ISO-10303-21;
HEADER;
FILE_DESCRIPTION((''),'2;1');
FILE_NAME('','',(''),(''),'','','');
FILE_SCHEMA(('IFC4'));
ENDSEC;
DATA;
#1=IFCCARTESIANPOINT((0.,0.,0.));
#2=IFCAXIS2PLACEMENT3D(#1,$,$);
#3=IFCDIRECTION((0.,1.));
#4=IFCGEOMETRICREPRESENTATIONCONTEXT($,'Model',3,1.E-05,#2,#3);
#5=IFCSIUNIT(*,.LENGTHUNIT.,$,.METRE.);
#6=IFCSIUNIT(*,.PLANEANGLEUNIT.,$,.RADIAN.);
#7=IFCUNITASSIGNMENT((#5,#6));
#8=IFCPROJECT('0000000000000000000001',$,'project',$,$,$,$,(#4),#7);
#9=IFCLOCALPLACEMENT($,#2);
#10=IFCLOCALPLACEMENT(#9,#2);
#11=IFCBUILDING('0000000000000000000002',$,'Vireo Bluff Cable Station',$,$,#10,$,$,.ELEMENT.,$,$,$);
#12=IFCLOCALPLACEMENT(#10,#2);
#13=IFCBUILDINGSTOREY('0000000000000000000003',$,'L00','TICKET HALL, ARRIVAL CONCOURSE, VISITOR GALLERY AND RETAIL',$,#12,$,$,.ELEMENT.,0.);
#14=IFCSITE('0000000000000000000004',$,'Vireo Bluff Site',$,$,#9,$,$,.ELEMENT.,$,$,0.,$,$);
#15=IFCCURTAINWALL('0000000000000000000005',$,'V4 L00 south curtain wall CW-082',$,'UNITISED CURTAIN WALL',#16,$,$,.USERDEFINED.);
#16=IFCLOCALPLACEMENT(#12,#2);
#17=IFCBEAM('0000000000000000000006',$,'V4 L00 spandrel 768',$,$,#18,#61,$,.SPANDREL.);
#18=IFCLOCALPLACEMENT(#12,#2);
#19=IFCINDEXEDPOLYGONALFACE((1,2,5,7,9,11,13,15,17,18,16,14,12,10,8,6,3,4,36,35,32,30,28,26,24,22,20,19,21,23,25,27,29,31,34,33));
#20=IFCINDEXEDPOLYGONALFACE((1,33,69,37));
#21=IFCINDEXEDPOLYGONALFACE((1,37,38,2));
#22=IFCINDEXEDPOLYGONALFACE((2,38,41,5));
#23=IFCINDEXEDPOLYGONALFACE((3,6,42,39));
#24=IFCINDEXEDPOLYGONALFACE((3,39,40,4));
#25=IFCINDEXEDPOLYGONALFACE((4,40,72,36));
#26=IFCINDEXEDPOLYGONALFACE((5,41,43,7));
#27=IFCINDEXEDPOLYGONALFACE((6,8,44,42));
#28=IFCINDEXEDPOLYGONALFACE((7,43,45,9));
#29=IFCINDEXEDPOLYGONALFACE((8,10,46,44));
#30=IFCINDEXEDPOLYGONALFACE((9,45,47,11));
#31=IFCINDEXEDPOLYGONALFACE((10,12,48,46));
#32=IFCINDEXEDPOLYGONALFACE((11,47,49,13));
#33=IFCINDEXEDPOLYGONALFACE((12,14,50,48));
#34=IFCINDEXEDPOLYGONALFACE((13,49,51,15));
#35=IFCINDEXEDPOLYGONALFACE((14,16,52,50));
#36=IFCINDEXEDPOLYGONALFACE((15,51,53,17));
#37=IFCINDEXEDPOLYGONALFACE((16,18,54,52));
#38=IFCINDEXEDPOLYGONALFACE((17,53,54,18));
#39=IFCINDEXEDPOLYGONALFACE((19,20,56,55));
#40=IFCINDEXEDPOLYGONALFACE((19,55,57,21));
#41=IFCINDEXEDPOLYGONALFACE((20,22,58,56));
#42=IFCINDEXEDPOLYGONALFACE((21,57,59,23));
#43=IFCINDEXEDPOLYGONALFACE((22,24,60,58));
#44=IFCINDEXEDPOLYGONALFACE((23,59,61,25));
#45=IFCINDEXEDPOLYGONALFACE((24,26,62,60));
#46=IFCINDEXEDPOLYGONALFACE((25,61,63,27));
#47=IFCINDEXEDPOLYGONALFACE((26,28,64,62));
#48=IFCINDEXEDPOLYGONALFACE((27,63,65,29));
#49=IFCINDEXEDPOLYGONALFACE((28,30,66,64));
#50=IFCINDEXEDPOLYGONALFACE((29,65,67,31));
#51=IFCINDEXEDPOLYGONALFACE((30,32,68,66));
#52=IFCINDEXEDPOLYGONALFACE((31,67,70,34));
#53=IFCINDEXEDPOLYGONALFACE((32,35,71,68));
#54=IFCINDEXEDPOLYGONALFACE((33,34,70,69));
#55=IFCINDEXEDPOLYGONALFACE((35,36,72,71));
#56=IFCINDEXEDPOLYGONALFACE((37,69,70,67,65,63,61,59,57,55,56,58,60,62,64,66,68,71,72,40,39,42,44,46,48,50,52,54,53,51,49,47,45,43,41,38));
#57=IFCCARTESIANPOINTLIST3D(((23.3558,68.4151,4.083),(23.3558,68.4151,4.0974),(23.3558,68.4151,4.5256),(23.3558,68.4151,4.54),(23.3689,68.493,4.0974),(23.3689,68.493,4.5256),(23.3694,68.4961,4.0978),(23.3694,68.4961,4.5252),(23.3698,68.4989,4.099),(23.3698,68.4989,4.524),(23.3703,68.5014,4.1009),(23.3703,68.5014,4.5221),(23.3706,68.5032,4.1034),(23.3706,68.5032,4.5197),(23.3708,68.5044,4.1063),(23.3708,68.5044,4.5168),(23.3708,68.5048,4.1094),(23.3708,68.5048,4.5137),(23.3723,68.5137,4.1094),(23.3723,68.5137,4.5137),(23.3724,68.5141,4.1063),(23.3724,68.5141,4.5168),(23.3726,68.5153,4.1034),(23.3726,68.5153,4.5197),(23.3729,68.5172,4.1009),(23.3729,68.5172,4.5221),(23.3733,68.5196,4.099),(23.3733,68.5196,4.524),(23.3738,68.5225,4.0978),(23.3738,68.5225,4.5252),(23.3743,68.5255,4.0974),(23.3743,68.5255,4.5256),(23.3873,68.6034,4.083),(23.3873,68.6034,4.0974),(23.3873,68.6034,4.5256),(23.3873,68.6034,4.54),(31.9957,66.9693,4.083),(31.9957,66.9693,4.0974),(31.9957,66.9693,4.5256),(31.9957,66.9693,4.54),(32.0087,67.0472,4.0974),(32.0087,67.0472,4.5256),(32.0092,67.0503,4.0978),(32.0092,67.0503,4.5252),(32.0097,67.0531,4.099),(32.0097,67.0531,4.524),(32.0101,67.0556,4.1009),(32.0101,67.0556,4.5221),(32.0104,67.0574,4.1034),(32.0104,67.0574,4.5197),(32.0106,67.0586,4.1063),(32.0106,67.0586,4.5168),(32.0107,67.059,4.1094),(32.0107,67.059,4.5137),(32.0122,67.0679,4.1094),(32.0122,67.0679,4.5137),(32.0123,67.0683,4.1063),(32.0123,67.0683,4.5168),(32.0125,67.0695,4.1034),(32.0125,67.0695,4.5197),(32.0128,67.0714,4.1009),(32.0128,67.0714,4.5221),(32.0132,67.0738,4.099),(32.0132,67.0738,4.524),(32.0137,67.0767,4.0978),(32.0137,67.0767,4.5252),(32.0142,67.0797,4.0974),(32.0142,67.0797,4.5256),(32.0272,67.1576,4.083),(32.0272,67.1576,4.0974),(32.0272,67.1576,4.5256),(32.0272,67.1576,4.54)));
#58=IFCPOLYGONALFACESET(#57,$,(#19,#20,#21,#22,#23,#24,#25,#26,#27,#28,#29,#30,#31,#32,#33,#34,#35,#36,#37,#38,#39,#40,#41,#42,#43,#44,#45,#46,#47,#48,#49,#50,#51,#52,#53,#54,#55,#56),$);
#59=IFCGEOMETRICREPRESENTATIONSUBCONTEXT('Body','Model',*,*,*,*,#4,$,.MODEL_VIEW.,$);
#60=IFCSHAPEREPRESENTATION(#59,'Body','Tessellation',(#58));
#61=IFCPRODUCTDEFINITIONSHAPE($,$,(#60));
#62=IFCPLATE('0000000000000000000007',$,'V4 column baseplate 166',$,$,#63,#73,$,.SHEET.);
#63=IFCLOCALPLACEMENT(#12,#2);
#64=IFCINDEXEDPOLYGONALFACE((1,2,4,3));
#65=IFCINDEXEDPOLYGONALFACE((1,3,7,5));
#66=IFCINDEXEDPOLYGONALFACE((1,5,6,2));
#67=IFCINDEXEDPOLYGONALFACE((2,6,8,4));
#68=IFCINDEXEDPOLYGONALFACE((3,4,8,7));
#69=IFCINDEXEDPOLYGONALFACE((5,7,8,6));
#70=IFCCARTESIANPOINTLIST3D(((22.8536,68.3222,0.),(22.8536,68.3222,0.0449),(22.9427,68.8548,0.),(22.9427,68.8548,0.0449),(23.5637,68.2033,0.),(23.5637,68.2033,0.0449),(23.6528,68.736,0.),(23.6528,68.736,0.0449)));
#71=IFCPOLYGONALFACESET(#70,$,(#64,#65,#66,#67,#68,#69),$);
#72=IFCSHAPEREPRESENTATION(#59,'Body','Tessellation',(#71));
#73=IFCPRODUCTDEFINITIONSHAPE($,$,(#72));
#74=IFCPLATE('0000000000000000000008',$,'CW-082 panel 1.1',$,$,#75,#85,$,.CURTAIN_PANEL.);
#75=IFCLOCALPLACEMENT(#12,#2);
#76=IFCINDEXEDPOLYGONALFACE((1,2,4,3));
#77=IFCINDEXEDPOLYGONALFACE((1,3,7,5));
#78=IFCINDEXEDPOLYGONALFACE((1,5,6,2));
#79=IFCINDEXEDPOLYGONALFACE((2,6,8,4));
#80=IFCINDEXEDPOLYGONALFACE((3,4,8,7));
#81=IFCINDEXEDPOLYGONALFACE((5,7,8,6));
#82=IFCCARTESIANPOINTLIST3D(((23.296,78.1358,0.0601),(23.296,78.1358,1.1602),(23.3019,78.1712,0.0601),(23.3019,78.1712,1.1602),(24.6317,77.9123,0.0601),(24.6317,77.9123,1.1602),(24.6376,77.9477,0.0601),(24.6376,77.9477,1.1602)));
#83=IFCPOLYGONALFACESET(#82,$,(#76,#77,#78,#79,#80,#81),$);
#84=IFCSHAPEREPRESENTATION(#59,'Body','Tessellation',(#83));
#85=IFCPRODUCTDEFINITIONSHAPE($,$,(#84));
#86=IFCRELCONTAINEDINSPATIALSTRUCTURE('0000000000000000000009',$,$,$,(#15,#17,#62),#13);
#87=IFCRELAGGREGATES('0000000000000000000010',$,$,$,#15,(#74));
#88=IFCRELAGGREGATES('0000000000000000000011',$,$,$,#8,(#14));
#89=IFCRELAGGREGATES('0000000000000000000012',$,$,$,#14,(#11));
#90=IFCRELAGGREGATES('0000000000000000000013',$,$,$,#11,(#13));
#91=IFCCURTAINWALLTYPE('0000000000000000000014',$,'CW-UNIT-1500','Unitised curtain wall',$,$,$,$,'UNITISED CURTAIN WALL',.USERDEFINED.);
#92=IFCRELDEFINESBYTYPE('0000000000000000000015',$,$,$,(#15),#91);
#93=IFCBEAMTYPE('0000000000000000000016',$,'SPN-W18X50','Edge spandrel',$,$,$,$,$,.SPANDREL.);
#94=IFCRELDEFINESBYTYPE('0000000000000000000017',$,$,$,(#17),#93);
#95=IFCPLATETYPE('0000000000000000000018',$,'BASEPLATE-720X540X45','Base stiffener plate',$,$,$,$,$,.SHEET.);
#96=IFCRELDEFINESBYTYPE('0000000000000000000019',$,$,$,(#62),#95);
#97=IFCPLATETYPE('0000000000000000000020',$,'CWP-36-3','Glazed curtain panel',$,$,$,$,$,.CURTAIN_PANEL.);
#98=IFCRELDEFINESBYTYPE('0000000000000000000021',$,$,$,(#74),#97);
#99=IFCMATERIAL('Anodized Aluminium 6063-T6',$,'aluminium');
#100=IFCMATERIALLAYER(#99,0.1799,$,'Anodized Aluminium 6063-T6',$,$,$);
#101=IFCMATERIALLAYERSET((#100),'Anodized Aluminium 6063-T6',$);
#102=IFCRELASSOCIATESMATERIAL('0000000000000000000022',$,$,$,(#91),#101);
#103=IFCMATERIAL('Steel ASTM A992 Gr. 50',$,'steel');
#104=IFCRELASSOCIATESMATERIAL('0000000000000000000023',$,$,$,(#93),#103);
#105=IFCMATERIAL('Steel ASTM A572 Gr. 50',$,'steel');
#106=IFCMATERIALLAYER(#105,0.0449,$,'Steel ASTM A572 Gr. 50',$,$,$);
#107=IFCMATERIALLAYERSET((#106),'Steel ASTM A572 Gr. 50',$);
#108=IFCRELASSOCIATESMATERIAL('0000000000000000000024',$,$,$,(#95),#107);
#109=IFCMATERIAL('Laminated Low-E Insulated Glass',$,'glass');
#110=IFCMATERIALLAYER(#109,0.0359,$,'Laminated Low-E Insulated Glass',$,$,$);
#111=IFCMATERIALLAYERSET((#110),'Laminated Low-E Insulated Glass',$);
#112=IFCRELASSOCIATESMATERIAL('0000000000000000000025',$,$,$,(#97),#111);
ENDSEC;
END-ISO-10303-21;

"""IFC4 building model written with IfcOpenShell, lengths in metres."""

from ifc_helpers import new_model, si_unit, direction, frame, origin, origin_2d, place, context, subcontext, project, spatial, rectangle, i_section, extrude, material, layer, layer_set, material_profile, profile_set, type_object, element, aggregate, save


model = new_model("IFC4")

# Units and contexts
model_context = context("Model", 3, precision=1e-05, world=origin(), true_north=direction((0.0, 1.0)))
body_context = subcontext(model_context, "Body", "Model", "MODEL_VIEW")
ifc_project = project(units=[si_unit("LENGTHUNIT", "METRE"), si_unit("PLANEANGLEUNIT", "RADIAN")], contexts=[model_context])

# Site, building, storey
site_placement = place(None, origin())
site = spatial("IfcSite", under=ifc_project, at=site_placement, Name="Vireo Bluff Site", CompositionType="ELEMENT", RefElevation=0.0)
building_placement = place(site_placement, origin())
building = spatial("IfcBuilding", under=site, at=building_placement, Name="Vireo Bluff Cable Station", CompositionType="ELEMENT")
storey_placement = place(building_placement, origin())
storey = spatial("IfcBuildingStorey", under=building, at=storey_placement, Name="L00", Description="TICKET HALL, ARRIVAL CONCOURSE, VISITOR GALLERY AND RETAIL", CompositionType="ELEMENT", Elevation=0.0)

# Shared definitions
ifc_material_1 = material(Name="Steel ASTM A992 Gr. 50", Category="steel")

# Curtain wall
ifc_material_2 = material(Name="Anodized Aluminium 6063-T6", Category="aluminium")
ifc_layer_1 = layer(ifc_material_2, 0.1799, Name="Anodized Aluminium 6063-T6")
ifc_layer_set_1 = layer_set([ifc_layer_1], Name="Anodized Aluminium 6063-T6")
curtain_wall_type = type_object("IfcCurtainWallType", Name="CW-UNIT-1500", Description="Unitised curtain wall", ElementType="UNITISED CURTAIN WALL", PredefinedType="USERDEFINED", material=ifc_layer_set_1)
curtain_wall_placement = place(storey_placement, origin())
curtain_wall = element("IfcCurtainWall", 1, at=curtain_wall_placement, inside=storey, type_object=curtain_wall_type, Name="V4 L00 south curtain wall CW-082", ObjectType="UNITISED CURTAIN WALL", PredefinedType="USERDEFINED")

# Beam
ifc_material_profile_1 = material_profile(ifc_material_1, i_section(OverallWidth=0.1909, OverallDepth=0.457, WebThickness=0.009, FlangeThickness=0.0144, FilletRadius=0.012, at=origin_2d()), Name="W18X50")
ifc_profile_set_1 = profile_set([ifc_material_profile_1], Name="Steel ASTM A992 Gr. 50")
beam_type_1 = type_object("IfcBeamType", Name="SPN-W18X50", Description="Edge spandrel", PredefinedType="SPANDREL", material=ifc_profile_set_1)
beam_1_placement = place(storey_placement, frame((23.3716, 68.5093, 4.3115), z_axis=(0.986286, -0.165045, 0.0), x_axis=(0.165045, 0.986286, 0.0)))
element("IfcBeam", 2, at=beam_1_placement, inside=storey, type_object=beam_type_1, Name="V4 L00 spandrel 768", PredefinedType="SPANDREL", context=body_context, shape_type="SweptSolid", body=[
    extrude(i_section(OverallWidth=0.1909, OverallDepth=0.457, WebThickness=0.009, FlangeThickness=0.0144, FilletRadius=0.012, at=origin_2d()), origin(), (0.0, 0.0, 1.0), 8.76),
])

# Plates
ifc_material_3 = material(Name="Steel ASTM A572 Gr. 50", Category="steel")
ifc_layer_2 = layer(ifc_material_3, 0.0449, Name="Steel ASTM A572 Gr. 50")
ifc_layer_set_2 = layer_set([ifc_layer_2], Name="Steel ASTM A572 Gr. 50")
plate_type_1 = type_object("IfcPlateType", Name="BASEPLATE-720X540X45", Description="Base stiffener plate", PredefinedType="SHEET", material=ifc_layer_set_2)
plate_1_placement = place(storey_placement, frame((23.2532, 68.5291, 0.0), z_axis=(0.0, 0.0, 1.0), x_axis=(0.986286, -0.165048, 0.0)))
element("IfcPlate", 3, at=plate_1_placement, inside=storey, type_object=plate_type_1, Name="V4 column baseplate 166", PredefinedType="SHEET", context=body_context, shape_type="SweptSolid", body=[
    extrude(rectangle(XDim=0.72, YDim=0.54, at=origin_2d()), origin(), (0.0, 0.0, 1.0), 0.0449),
])
ifc_material_4 = material(Name="Laminated Low-E Insulated Glass", Category="glass")
ifc_layer_3 = layer(ifc_material_4, 0.0359, Name="Laminated Low-E Insulated Glass")
ifc_layer_set_3 = layer_set([ifc_layer_3], Name="Laminated Low-E Insulated Glass")
plate_type_2 = type_object("IfcPlateType", Name="CWP-36-3", Description="Glazed curtain panel", PredefinedType="CURTAIN_PANEL", material=ifc_layer_set_3)
plate_2_placement = place(storey_placement, frame((23.9668, 78.0417, 0.0601), z_axis=(0.0, 0.0, 1.0), x_axis=(-0.986286, 0.165048, 0.0)))
plate_2 = element("IfcPlate", 4, at=plate_2_placement, type_object=plate_type_2, Name="CW-082 panel 1.1", PredefinedType="CURTAIN_PANEL", context=body_context, shape_type="SweptSolid", body=[
    extrude(rectangle(XDim=1.3542, YDim=0.0359, at=origin_2d()), origin(), (0.0, 0.0, 1.0), 1.1001),
])
aggregate(curtain_wall, [plate_2])

save(model, "model.ifc")
